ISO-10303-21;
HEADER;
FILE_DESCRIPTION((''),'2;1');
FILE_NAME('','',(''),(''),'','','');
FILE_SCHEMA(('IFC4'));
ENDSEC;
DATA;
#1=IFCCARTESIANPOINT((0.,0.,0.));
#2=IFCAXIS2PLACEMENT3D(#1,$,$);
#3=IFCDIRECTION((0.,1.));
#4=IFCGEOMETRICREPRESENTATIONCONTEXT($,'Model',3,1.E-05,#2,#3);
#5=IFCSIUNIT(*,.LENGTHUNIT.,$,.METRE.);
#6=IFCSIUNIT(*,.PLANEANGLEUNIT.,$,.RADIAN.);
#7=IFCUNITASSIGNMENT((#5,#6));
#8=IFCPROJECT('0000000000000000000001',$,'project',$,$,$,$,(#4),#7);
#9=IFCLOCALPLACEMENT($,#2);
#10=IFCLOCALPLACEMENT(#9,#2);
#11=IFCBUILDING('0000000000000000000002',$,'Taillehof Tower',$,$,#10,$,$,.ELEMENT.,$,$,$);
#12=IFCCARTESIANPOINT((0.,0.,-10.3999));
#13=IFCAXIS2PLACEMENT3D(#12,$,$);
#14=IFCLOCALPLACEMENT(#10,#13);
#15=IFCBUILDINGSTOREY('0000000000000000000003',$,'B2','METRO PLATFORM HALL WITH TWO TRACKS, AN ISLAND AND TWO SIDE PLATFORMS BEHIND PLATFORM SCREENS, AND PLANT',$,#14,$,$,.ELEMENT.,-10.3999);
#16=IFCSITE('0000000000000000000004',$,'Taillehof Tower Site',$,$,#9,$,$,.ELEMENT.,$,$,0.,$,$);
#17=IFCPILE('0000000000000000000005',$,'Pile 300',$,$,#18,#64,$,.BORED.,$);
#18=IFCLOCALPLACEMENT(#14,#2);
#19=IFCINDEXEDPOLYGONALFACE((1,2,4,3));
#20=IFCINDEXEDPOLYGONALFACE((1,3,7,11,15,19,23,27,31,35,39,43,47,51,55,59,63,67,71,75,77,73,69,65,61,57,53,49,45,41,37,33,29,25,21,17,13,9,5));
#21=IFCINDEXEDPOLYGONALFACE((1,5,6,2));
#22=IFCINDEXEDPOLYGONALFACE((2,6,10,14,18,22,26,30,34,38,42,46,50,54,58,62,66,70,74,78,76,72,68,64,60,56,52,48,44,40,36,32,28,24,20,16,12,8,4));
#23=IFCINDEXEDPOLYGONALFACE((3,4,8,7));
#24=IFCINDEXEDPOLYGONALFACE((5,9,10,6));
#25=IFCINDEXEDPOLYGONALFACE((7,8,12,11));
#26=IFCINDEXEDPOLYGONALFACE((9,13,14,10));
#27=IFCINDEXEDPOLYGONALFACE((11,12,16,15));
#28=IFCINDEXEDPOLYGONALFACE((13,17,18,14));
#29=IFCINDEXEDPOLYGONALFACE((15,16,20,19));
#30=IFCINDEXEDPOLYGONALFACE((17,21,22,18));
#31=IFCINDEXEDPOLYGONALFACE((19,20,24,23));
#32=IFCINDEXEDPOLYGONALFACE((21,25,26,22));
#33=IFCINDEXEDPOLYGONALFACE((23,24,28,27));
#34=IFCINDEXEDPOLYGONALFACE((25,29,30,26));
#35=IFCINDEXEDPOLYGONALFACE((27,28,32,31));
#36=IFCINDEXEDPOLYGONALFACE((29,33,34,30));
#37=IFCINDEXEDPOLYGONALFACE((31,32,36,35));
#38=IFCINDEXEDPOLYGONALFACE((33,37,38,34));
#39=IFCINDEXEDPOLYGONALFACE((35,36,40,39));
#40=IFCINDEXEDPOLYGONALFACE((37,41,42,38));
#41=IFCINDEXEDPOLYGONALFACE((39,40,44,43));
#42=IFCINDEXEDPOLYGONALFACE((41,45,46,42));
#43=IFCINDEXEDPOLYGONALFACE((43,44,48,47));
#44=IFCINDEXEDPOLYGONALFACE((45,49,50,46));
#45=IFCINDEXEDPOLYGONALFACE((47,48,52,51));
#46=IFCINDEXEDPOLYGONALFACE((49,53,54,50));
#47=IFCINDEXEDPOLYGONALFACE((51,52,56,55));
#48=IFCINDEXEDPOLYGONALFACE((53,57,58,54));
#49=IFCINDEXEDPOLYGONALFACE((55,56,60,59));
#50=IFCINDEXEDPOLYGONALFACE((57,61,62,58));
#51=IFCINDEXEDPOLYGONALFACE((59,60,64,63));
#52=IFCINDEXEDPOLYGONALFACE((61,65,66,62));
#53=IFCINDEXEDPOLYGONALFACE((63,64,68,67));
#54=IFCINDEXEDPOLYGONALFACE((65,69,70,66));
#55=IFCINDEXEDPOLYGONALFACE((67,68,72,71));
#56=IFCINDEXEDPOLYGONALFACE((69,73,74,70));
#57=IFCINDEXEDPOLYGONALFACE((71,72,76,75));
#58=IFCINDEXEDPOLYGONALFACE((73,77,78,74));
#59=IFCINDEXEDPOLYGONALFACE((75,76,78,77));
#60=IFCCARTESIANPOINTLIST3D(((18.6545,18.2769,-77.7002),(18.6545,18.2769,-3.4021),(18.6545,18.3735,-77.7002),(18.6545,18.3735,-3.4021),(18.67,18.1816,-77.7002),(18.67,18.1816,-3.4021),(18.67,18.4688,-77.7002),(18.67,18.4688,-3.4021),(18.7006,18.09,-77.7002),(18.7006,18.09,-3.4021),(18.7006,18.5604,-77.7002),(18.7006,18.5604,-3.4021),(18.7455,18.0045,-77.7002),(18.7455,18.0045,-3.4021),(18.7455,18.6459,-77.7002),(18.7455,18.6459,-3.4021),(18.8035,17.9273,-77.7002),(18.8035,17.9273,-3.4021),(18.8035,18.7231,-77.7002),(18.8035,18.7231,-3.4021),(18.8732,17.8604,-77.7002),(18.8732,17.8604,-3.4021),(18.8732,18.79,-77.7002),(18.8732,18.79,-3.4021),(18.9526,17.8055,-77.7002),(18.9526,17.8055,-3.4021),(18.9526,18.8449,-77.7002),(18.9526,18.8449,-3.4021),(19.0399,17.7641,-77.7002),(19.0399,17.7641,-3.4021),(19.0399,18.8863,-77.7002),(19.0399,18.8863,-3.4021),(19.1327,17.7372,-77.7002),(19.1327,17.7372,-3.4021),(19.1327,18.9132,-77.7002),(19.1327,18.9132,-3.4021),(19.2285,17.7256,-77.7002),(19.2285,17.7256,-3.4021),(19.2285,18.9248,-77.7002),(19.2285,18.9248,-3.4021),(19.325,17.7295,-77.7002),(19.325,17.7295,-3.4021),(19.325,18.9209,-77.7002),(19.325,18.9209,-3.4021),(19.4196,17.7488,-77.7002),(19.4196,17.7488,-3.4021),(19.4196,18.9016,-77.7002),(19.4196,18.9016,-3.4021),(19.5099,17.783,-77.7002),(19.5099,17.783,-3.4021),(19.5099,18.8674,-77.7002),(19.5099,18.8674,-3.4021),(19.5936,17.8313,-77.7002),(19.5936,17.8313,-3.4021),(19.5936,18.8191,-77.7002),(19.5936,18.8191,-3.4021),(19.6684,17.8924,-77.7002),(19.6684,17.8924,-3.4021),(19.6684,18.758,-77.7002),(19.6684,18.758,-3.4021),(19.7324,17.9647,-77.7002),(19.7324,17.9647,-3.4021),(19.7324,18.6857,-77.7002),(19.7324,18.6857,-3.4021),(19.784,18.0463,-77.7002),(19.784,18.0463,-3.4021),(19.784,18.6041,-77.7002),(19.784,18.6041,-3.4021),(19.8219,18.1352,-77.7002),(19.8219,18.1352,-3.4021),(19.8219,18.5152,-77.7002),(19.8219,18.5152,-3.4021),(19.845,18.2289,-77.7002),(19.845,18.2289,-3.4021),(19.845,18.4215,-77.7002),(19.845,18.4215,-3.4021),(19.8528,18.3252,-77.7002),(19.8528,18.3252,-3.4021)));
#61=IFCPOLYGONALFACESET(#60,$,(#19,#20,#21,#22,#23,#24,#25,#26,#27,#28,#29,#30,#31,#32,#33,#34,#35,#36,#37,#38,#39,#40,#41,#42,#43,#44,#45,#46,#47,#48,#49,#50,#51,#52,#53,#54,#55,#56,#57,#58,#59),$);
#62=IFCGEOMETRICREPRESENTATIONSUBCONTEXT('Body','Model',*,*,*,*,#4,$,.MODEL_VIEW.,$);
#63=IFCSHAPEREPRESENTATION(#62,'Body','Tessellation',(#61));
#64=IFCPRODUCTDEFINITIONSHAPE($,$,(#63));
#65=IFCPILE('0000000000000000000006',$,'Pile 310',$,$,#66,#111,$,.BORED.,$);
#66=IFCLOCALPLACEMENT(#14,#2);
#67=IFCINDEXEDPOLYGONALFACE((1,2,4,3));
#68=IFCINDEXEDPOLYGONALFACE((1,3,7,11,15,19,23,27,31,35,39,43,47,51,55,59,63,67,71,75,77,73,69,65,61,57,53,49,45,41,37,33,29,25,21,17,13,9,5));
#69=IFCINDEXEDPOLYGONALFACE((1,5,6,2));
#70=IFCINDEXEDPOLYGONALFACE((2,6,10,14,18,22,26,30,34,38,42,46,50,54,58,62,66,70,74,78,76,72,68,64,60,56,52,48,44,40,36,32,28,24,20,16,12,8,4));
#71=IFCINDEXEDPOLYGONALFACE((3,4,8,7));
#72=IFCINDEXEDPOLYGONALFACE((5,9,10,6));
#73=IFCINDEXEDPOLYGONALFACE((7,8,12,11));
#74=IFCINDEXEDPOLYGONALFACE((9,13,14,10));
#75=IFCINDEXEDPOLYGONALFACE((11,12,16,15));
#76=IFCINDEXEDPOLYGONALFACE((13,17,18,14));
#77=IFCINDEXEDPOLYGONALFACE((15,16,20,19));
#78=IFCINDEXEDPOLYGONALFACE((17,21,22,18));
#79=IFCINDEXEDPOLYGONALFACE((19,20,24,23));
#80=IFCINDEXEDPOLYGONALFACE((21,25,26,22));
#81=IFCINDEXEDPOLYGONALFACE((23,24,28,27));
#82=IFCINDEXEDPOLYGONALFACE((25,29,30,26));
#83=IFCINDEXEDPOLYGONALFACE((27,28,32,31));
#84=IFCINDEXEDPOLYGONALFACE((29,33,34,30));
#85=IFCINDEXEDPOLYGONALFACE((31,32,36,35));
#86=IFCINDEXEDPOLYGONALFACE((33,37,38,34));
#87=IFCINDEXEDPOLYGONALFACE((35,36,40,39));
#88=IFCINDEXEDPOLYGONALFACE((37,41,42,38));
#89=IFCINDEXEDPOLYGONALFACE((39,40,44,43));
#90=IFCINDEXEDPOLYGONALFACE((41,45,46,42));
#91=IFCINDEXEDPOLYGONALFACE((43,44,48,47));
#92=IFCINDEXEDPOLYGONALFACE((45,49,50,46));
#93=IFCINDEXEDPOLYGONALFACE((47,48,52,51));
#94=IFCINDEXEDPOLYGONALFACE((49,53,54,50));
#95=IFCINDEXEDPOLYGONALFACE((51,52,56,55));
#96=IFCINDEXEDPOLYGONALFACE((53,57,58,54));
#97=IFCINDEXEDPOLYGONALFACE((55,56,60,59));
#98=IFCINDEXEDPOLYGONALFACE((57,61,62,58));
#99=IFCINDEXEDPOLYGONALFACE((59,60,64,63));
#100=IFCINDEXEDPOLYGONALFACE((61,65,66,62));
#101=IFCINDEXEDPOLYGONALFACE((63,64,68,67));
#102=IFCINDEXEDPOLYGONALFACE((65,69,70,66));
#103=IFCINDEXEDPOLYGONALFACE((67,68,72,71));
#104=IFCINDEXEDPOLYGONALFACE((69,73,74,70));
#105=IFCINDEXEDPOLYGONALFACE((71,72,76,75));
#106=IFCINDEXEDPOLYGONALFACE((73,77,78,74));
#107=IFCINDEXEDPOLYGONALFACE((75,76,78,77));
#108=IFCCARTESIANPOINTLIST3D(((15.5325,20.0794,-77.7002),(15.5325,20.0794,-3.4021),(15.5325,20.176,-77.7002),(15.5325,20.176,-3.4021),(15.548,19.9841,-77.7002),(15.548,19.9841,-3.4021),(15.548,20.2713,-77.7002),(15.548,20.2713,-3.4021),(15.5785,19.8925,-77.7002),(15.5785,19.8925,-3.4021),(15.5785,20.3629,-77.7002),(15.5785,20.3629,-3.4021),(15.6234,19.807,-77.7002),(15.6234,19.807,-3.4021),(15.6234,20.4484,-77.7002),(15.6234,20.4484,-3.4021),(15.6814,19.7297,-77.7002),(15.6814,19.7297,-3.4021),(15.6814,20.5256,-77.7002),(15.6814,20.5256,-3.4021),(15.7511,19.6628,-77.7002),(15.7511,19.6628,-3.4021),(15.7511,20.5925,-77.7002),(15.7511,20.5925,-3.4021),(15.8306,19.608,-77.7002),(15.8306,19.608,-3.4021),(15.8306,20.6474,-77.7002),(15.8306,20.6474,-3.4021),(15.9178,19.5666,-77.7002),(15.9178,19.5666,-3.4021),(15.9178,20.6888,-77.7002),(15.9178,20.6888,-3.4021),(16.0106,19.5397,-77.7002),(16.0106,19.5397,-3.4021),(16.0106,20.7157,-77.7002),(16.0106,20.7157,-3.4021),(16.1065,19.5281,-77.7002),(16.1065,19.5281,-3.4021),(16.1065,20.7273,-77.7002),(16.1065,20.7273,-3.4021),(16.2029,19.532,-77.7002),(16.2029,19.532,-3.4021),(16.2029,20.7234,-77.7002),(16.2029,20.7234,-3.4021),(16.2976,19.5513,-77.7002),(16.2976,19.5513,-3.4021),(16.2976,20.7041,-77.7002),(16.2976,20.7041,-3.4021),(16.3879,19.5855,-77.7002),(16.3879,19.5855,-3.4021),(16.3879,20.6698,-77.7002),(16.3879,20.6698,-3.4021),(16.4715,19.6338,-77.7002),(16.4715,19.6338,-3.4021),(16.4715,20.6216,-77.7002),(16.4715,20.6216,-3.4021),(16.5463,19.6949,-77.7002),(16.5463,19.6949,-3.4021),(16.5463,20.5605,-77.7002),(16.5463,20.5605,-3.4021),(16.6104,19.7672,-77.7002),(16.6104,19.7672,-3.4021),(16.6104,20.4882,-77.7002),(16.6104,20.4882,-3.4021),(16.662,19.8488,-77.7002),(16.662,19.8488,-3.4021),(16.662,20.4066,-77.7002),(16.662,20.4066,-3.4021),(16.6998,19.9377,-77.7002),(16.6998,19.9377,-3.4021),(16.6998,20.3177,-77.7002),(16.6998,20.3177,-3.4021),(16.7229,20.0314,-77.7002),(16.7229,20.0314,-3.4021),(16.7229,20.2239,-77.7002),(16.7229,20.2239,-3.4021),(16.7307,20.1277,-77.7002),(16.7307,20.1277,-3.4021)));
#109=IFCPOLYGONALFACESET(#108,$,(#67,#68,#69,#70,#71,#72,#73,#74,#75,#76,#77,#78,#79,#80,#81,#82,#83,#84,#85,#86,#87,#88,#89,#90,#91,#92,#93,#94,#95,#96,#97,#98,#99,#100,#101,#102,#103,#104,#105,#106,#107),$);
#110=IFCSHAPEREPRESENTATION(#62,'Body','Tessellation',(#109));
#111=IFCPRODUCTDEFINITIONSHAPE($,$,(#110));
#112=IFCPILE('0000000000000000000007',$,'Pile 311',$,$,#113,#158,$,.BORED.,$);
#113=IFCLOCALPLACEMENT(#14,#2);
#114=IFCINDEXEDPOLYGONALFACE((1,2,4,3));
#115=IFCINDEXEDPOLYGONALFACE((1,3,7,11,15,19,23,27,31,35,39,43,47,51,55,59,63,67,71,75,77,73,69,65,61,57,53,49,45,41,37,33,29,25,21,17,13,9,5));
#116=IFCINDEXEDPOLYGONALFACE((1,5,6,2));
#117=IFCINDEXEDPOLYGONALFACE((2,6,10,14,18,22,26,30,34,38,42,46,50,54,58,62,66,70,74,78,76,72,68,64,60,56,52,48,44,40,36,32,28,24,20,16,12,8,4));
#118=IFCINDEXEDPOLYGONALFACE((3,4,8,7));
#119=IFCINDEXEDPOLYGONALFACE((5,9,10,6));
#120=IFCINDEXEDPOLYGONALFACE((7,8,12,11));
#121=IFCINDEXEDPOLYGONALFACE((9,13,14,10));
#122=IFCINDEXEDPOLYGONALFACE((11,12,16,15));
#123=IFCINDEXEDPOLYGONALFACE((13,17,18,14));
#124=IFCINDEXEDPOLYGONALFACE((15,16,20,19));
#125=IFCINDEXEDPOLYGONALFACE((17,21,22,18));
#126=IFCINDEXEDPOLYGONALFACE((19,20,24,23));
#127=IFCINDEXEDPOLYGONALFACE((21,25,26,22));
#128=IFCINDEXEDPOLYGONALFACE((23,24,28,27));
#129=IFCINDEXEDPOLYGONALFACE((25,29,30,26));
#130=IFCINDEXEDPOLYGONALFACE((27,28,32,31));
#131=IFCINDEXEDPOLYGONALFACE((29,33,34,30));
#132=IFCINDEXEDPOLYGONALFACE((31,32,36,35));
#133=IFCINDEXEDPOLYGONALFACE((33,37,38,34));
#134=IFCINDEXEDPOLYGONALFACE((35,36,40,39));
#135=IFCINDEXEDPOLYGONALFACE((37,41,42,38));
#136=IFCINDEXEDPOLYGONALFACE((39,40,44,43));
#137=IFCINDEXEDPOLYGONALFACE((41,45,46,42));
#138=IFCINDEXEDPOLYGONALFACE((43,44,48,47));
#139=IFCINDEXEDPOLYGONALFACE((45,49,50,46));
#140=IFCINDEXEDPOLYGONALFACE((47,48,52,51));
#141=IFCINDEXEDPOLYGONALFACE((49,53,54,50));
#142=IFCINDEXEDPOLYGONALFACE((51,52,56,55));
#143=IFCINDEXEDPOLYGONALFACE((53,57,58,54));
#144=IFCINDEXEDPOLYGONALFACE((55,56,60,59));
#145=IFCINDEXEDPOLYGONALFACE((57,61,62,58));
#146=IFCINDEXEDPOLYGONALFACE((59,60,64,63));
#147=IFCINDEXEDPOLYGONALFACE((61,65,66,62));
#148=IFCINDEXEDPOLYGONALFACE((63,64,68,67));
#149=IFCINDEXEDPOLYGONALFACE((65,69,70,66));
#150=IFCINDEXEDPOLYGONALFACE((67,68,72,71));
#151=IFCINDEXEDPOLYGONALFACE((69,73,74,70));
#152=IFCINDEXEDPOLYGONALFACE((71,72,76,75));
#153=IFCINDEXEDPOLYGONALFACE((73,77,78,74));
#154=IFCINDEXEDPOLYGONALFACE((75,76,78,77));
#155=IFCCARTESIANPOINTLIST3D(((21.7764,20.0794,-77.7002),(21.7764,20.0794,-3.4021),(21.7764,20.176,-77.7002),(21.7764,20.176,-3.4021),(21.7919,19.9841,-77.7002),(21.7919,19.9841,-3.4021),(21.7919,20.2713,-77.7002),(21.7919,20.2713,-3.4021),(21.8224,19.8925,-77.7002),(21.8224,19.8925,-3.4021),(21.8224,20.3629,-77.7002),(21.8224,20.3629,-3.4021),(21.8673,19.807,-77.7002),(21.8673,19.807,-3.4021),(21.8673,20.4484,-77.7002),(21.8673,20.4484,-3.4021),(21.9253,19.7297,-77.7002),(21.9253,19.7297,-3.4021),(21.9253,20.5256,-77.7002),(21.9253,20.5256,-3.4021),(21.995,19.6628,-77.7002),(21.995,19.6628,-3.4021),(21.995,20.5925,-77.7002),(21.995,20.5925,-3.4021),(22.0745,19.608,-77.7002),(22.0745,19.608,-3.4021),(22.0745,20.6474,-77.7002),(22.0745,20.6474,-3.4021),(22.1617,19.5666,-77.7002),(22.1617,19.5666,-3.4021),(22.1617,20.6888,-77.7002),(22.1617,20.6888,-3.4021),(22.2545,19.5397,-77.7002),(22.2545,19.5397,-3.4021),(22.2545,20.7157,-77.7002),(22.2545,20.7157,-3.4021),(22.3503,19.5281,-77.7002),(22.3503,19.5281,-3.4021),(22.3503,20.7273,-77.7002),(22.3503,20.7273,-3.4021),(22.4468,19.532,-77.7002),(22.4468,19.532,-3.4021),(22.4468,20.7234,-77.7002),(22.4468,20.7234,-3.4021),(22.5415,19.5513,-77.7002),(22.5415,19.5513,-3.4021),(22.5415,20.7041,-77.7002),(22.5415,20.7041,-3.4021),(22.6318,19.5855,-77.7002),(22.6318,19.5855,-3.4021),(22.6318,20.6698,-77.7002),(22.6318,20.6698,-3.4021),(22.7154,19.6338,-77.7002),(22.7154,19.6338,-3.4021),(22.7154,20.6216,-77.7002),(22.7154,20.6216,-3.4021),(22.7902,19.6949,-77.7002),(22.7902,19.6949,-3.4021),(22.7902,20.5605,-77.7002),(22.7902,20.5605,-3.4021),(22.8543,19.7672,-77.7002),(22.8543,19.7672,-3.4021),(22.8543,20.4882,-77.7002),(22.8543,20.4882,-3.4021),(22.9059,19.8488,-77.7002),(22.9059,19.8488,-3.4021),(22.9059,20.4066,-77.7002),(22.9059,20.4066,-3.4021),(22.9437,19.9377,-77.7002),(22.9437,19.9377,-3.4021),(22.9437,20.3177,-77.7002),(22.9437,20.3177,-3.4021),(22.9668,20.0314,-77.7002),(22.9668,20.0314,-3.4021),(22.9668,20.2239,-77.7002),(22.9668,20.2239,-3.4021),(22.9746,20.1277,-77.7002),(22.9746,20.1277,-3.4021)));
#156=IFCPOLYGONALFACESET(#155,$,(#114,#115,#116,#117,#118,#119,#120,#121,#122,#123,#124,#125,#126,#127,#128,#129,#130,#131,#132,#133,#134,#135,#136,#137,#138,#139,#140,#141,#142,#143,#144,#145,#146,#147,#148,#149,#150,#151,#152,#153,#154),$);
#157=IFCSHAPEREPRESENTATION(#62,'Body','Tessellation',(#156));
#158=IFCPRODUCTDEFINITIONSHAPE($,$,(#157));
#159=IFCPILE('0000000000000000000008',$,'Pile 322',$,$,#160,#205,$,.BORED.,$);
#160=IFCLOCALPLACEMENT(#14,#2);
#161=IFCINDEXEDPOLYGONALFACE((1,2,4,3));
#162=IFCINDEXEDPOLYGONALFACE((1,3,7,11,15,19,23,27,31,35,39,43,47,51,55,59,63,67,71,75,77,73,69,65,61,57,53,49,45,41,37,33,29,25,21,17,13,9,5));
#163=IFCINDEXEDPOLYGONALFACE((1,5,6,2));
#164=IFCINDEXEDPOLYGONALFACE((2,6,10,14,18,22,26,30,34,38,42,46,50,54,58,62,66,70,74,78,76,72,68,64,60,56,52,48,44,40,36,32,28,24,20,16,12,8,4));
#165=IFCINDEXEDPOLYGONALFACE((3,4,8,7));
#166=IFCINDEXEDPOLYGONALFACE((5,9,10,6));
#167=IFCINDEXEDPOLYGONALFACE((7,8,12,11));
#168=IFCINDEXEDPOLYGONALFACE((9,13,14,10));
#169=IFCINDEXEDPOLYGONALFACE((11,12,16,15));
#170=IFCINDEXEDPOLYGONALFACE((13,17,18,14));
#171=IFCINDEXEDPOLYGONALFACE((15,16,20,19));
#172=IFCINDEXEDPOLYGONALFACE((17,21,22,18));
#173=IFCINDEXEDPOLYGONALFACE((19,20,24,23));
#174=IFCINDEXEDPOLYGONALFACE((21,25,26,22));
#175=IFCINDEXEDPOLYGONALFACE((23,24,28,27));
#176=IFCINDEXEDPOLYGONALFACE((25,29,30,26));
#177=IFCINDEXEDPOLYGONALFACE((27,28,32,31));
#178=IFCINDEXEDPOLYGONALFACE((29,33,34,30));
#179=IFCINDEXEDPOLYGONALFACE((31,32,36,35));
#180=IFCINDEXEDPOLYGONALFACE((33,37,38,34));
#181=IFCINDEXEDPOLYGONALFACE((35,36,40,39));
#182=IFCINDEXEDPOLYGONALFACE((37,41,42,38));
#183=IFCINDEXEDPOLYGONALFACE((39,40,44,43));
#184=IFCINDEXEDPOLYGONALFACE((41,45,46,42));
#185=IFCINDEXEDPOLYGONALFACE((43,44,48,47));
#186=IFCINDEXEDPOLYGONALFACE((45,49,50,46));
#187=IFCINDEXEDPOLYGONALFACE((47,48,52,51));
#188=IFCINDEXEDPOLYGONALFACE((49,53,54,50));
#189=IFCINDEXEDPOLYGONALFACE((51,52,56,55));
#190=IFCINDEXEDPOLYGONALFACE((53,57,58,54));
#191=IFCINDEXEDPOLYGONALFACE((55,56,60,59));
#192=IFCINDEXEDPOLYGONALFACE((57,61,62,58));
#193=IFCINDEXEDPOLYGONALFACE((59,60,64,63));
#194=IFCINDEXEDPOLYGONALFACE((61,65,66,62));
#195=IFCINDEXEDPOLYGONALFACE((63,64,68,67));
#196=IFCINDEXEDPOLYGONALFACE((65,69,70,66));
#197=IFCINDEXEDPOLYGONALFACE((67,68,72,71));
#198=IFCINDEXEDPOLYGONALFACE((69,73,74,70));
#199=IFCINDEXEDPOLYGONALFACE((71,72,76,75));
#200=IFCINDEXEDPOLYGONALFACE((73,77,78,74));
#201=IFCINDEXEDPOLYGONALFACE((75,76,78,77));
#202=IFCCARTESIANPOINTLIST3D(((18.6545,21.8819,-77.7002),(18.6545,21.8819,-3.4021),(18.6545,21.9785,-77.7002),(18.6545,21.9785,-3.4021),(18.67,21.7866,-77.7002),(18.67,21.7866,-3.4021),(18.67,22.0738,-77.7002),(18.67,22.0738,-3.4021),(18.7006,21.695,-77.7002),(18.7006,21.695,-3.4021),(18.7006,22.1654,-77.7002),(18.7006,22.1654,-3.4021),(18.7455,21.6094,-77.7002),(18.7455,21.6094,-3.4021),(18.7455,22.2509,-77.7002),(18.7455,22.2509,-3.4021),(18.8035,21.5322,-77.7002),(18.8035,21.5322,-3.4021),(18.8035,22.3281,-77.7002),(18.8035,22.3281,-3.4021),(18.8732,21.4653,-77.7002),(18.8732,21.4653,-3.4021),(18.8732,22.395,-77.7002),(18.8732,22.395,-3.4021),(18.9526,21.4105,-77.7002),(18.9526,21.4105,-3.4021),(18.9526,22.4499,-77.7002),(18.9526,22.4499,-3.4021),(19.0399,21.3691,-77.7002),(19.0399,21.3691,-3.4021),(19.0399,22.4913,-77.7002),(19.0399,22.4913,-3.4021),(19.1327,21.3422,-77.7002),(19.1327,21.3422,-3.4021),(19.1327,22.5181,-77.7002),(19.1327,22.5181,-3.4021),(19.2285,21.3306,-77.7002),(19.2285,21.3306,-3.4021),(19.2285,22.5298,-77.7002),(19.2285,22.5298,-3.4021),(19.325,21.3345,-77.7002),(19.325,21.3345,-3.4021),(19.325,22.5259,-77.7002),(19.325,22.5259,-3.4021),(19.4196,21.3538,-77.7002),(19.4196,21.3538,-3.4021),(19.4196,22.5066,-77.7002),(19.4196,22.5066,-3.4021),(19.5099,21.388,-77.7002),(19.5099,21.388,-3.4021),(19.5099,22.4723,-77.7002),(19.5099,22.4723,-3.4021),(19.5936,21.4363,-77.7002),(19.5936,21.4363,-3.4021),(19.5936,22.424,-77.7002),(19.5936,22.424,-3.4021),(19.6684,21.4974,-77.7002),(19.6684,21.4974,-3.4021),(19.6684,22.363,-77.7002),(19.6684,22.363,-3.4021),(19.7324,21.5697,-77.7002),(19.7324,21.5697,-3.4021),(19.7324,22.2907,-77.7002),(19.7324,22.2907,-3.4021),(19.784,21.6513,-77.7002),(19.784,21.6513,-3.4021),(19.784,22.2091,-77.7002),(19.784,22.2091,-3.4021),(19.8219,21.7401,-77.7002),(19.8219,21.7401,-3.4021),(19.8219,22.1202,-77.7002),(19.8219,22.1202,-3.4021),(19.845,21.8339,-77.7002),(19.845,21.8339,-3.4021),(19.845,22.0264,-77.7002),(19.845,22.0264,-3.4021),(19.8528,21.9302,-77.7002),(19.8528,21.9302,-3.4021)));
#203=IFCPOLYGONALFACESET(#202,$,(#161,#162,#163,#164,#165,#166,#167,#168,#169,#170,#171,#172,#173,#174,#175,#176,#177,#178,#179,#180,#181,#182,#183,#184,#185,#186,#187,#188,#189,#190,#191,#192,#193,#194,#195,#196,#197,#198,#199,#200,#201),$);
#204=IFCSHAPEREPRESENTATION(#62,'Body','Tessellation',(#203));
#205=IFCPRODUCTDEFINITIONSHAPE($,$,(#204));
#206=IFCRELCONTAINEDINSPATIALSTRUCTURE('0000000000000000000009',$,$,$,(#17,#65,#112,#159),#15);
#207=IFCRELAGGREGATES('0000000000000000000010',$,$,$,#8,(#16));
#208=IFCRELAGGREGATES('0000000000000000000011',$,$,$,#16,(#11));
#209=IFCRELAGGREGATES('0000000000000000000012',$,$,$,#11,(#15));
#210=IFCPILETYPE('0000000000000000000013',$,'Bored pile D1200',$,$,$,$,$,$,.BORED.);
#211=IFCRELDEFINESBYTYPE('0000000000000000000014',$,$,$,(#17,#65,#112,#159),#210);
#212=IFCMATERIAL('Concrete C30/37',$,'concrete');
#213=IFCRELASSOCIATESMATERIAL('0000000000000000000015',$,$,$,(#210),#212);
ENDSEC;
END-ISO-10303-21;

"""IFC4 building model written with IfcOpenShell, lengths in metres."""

from ifc_helpers import new_model, si_unit, direction, frame, origin, origin_2d, place, context, subcontext, project, spatial, circle, extrude, material, material_profile, profile_set, type_object, element, save


model = new_model("IFC4")

# Units and contexts
model_context = context("Model", 3, precision=1e-05, world=origin(), true_north=direction((0.0, 1.0)))
body_context = subcontext(model_context, "Body", "Model", "MODEL_VIEW")
ifc_project = project(units=[si_unit("LENGTHUNIT", "METRE"), si_unit("PLANEANGLEUNIT", "RADIAN")], contexts=[model_context])

# Site, building, storey
site_placement = place(None, origin())
site = spatial("IfcSite", under=ifc_project, at=site_placement, Name="Taillehof Tower Site", CompositionType="ELEMENT", RefElevation=0.0)
building_placement = place(site_placement, origin())
building = spatial("IfcBuilding", under=site, at=building_placement, Name="Taillehof Tower", CompositionType="ELEMENT")
storey_placement = place(building_placement, frame((0.0, 0.0, -10.3999)))
storey = spatial("IfcBuildingStorey", under=building, at=storey_placement, Name="B2", Description="METRO PLATFORM HALL WITH TWO TRACKS, AN ISLAND AND TWO SIDE PLATFORMS BEHIND PLATFORM SCREENS, AND PLANT", CompositionType="ELEMENT", Elevation=-10.3999)

# Piles
ifc_material_1 = material(Name="Concrete C30/37", Category="concrete")
ifc_material_profile_1 = material_profile(ifc_material_1, circle(Radius=0.6001, at=origin_2d()), Name="BP D1200")
ifc_profile_set_1 = profile_set([ifc_material_profile_1], Name="Concrete C30/37")
pile_type = type_object("IfcPileType", Name="Bored pile D1200", PredefinedType="BORED", material=ifc_profile_set_1)
for number, where, z_axis, x_axis, name in (
    (1, (19.2527, 18.3252, -3.4021), (0.0, 0.0, -1.0), (1.0, 0.0, 0.0), "Pile 300"),
    (2, (16.1306, 20.1277, -3.4021), (0.0, 0.0, -1.0), (1.0, 0.0, 0.0), "Pile 310"),
    (3, (22.3745, 20.1277, -3.4021), (0.0, 0.0, -1.0), (1.0, 0.0, 0.0), "Pile 311"),
    (4, (19.2527, 21.9302, -3.4021), (0.0, 0.0, -1.0), (1.0, 0.0, 0.0), "Pile 322"),
):
    element("IfcPile", number, at=place(storey_placement, frame(where, z_axis=z_axis, x_axis=x_axis)), inside=storey, type_object=pile_type, Name=name, PredefinedType="BORED", context=body_context, shape_type="SweptSolid", body=[
        extrude(circle(Radius=0.6001, at=origin_2d()), origin(), (0.0, 0.0, 1.0), 74.2981),
    ])

save(model, "model.ifc")
